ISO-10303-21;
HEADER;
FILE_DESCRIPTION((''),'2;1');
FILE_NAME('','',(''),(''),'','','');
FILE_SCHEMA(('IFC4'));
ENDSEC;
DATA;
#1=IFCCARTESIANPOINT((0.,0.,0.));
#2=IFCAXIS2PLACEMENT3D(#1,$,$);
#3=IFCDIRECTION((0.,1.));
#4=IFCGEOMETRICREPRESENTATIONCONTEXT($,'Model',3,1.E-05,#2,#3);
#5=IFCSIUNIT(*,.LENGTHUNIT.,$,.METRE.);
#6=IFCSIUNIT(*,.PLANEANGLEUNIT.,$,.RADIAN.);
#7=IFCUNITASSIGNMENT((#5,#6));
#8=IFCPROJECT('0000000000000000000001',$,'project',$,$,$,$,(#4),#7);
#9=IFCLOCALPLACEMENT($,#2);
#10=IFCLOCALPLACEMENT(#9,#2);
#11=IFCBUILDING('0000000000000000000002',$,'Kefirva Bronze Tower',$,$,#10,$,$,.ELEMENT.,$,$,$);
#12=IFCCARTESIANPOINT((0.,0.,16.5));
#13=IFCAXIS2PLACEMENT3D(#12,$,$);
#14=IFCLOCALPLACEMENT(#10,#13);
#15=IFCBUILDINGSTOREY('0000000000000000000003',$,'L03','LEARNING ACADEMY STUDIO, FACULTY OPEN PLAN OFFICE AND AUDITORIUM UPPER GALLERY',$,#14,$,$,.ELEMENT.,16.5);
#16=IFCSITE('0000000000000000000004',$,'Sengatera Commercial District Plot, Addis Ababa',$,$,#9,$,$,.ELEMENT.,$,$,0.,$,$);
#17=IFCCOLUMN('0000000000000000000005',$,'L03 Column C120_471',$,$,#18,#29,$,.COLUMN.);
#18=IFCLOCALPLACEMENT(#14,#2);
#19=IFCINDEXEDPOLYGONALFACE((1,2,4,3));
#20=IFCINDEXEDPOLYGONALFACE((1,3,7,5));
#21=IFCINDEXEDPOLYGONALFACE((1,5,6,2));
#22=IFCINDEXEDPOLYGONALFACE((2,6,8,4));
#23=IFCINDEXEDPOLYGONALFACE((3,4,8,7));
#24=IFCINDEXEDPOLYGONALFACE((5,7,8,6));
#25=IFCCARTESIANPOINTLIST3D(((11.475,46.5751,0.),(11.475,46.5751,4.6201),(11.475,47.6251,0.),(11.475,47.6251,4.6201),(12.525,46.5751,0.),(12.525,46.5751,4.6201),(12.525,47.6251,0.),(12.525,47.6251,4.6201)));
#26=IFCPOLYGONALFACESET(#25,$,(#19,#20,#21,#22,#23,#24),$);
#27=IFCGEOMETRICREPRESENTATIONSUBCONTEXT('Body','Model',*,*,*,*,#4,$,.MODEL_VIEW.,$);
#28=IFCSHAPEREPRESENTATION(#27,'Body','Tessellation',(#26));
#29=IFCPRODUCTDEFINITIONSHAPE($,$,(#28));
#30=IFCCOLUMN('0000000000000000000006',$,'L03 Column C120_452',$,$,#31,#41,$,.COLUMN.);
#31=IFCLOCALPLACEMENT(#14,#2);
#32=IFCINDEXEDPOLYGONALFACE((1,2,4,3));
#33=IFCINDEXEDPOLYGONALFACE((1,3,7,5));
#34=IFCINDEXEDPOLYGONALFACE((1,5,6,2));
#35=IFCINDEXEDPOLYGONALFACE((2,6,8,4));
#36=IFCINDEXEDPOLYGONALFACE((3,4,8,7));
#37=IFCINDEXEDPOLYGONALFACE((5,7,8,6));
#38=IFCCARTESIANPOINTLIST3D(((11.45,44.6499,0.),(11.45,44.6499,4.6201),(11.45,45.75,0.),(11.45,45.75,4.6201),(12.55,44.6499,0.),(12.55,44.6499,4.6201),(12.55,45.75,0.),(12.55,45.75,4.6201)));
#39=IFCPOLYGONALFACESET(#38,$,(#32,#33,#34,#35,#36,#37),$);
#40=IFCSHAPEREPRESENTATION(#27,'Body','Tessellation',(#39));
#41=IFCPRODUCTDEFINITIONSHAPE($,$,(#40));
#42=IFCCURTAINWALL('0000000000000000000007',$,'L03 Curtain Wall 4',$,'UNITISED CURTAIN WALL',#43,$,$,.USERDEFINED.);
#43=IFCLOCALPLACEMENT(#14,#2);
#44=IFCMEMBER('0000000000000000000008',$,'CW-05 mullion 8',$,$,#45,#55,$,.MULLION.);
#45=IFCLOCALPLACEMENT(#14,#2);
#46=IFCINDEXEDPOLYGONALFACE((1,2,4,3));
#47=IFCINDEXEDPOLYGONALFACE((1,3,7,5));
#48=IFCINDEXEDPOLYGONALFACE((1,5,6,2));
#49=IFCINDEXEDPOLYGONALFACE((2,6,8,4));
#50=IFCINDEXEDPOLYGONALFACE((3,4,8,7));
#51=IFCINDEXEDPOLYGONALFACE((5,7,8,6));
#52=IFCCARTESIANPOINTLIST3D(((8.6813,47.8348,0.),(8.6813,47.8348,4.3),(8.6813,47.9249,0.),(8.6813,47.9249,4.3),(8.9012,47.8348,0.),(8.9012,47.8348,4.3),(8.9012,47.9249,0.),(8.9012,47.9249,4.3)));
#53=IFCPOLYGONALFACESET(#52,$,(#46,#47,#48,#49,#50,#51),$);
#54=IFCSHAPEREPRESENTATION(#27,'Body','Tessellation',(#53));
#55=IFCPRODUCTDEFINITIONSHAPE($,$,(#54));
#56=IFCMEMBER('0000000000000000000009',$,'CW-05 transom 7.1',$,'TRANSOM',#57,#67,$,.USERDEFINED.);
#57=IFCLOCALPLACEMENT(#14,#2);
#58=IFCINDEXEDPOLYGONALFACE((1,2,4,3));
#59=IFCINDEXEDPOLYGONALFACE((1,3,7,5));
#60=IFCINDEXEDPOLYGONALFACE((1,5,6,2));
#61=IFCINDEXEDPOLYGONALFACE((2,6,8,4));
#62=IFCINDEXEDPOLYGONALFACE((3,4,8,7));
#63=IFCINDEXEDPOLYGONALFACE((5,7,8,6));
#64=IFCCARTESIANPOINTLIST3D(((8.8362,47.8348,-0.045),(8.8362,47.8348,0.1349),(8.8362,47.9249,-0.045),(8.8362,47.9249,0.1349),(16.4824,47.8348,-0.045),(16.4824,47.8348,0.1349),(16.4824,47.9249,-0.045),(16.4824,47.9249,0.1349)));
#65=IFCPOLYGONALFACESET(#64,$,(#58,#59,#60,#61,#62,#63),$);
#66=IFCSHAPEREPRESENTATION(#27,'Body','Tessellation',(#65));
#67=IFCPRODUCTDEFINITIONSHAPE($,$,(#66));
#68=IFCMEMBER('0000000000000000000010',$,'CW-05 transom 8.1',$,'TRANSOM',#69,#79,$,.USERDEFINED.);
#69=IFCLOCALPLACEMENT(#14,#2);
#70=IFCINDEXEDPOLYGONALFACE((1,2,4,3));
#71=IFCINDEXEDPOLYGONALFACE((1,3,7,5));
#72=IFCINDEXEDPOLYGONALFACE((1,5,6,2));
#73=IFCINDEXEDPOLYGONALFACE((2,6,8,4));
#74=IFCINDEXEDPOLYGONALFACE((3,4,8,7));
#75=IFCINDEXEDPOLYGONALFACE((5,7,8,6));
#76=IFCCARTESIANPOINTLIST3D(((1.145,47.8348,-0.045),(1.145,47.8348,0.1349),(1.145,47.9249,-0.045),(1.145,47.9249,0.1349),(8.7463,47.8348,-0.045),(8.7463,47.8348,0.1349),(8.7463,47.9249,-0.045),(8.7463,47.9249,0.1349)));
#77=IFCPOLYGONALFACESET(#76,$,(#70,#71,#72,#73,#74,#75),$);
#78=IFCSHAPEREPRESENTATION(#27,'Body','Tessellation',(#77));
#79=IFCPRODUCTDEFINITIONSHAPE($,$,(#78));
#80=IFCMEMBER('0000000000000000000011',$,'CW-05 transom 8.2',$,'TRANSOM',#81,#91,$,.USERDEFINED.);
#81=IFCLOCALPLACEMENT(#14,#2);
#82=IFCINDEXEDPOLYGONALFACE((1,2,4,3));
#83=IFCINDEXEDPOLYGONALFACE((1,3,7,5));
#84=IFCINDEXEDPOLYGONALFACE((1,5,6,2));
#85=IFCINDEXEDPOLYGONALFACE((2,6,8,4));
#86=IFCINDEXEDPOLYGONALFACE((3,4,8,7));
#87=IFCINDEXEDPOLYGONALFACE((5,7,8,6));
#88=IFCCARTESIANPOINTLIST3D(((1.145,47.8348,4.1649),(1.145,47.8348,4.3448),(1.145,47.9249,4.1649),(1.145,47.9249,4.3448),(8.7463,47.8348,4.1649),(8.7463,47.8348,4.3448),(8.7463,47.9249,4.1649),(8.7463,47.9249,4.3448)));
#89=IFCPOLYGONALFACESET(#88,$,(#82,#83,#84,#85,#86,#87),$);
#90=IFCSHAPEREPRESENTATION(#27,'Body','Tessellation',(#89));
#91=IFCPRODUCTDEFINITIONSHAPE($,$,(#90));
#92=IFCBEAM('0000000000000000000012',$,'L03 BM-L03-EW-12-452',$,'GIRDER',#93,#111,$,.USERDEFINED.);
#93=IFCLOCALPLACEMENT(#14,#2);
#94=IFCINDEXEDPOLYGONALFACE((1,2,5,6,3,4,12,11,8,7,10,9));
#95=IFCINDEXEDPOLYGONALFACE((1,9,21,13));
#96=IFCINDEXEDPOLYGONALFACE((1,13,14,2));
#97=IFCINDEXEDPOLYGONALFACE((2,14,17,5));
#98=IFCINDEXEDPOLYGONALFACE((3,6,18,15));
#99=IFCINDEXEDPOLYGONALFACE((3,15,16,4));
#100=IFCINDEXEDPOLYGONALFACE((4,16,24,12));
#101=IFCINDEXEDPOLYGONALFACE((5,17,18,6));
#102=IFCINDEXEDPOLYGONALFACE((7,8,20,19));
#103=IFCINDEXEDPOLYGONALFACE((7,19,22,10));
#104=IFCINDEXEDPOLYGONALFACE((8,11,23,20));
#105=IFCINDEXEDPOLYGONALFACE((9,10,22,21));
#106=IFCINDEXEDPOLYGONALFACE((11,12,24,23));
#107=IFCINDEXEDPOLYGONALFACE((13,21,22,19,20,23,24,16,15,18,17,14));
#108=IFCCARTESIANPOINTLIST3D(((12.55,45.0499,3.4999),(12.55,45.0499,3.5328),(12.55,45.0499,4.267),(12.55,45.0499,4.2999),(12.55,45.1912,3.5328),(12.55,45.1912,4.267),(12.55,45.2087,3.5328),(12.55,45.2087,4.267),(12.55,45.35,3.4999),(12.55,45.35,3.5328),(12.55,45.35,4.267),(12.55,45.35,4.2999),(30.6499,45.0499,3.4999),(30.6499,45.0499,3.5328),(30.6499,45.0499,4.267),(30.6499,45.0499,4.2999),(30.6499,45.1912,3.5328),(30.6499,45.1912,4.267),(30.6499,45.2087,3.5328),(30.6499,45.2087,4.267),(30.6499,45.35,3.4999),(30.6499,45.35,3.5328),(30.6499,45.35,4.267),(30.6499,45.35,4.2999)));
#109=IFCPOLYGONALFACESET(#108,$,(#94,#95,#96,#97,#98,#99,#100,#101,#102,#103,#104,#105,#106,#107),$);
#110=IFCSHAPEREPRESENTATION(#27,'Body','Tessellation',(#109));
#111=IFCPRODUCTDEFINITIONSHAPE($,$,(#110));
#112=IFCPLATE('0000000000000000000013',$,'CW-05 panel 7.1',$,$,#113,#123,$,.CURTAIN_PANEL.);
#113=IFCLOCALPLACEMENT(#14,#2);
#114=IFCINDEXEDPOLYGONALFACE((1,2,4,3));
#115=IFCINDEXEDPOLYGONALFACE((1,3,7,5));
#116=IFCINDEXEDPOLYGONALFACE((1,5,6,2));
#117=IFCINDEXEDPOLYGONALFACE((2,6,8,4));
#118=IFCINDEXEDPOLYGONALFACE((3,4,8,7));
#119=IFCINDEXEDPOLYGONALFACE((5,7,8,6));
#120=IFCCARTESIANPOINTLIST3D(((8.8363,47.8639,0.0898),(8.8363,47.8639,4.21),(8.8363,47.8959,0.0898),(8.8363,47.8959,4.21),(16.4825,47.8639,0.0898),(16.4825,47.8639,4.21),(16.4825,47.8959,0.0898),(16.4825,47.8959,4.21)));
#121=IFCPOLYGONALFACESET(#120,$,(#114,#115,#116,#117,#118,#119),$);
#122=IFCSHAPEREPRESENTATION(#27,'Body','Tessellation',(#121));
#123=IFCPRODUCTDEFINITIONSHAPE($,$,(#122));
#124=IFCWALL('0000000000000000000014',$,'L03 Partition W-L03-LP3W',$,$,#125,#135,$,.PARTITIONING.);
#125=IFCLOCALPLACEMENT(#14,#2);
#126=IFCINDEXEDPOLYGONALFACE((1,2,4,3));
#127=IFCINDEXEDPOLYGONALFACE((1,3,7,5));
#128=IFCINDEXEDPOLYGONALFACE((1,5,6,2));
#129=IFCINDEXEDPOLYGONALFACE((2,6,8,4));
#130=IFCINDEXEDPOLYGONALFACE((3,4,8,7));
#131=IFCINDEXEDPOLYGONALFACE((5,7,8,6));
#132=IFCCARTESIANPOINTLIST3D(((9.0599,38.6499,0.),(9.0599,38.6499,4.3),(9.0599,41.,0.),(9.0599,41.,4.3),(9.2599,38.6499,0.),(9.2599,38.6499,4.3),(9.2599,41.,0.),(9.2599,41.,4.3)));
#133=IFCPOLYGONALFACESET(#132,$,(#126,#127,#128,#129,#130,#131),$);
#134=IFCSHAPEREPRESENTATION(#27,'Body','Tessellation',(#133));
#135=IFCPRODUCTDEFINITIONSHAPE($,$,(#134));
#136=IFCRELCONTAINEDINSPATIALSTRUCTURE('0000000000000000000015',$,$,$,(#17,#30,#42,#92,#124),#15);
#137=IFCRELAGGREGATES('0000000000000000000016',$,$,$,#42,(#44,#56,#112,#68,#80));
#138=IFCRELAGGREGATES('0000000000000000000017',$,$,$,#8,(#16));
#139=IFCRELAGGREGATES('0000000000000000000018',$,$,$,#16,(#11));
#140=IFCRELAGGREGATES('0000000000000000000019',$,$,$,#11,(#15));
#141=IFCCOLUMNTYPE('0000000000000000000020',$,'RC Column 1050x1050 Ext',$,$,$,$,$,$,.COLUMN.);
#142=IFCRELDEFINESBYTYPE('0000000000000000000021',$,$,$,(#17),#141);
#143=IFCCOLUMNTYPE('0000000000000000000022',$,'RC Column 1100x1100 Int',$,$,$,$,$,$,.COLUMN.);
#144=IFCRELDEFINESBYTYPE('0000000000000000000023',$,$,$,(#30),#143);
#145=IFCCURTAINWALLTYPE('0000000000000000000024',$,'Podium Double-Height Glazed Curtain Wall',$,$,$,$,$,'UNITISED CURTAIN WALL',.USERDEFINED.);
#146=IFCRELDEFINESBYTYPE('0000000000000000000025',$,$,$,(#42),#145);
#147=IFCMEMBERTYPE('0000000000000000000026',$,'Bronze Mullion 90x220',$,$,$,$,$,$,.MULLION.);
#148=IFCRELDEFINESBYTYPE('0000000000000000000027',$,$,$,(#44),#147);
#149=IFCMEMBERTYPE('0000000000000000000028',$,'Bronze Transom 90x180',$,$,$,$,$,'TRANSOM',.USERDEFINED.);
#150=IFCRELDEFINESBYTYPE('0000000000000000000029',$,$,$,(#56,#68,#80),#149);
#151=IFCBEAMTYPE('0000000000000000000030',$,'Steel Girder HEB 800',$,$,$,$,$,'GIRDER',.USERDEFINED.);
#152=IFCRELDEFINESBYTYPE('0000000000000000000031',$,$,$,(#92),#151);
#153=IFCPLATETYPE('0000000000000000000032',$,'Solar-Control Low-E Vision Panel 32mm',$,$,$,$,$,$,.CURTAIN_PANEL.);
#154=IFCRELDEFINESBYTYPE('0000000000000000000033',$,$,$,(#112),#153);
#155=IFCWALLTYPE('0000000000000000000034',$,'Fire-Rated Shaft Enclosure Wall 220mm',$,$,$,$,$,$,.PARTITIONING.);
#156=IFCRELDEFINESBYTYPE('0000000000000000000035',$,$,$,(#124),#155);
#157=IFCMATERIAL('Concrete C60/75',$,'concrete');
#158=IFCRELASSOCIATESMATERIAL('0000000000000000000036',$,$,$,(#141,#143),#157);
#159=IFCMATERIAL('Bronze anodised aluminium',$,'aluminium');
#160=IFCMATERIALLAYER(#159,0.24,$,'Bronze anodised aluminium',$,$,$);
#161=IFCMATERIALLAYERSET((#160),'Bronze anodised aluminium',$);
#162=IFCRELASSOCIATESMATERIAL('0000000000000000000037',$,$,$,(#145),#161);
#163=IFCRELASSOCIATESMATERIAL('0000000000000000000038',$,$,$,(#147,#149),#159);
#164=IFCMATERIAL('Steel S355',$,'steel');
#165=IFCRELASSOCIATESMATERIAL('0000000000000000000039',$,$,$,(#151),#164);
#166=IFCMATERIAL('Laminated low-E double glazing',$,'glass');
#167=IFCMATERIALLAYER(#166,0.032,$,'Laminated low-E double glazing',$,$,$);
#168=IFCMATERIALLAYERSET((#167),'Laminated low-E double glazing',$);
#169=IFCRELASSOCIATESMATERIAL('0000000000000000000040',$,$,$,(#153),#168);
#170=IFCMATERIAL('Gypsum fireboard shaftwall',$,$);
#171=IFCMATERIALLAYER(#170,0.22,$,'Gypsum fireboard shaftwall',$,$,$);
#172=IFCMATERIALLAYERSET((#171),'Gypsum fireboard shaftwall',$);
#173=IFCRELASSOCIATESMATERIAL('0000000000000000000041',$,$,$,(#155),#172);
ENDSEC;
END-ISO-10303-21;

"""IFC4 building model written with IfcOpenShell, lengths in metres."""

from ifc_helpers import new_model, si_unit, direction, frame, frame_2d, origin, origin_2d, place, context, subcontext, project, spatial, rectangle, i_section, extrude, material, layer, layer_set, material_profile, profile_set, type_object, element, aggregate, save


model = new_model("IFC4")

# Units and contexts
model_context = context("Model", 3, precision=1e-05, world=origin(), true_north=direction((0.0, 1.0)))
body_context = subcontext(model_context, "Body", "Model", "MODEL_VIEW")
ifc_project = project(units=[si_unit("LENGTHUNIT", "METRE"), si_unit("PLANEANGLEUNIT", "RADIAN")], contexts=[model_context])

# Site, building, storey
site_placement = place(None, origin())
site = spatial("IfcSite", under=ifc_project, at=site_placement, Name="Sengatera Commercial District Plot, Addis Ababa", CompositionType="ELEMENT", RefElevation=0.0)
building_placement = place(site_placement, origin())
building = spatial("IfcBuilding", under=site, at=building_placement, Name="Kefirva Bronze Tower", CompositionType="ELEMENT")
storey_placement = place(building_placement, frame((0.0, 0.0, 16.5)))
storey = spatial("IfcBuildingStorey", under=building, at=storey_placement, Name="L03", Description="LEARNING ACADEMY STUDIO, FACULTY OPEN PLAN OFFICE AND AUDITORIUM UPPER GALLERY", CompositionType="ELEMENT", Elevation=16.5)

# Columns
ifc_material_1 = material(Name="Concrete C60/75", Category="concrete")
ifc_material_profile_1 = material_profile(ifc_material_1, rectangle(XDim=1.05, YDim=1.05, at=origin_2d()), Name="RC 1050x1050")
ifc_profile_set_1 = profile_set([ifc_material_profile_1], Name="Concrete C60/75")
column_type_1 = type_object("IfcColumnType", Name="RC Column 1050x1050 Ext", PredefinedType="COLUMN", material=ifc_profile_set_1)
column_1_placement = place(storey_placement, frame((12.0, 47.1001, 0.0), z_axis=(0.0, 0.0, 1.0), x_axis=(1.0, 0.0, 0.0)))
element("IfcColumn", 1, at=column_1_placement, inside=storey, type_object=column_type_1, Name="L03 Column C120_471", PredefinedType="COLUMN", context=body_context, shape_type="SweptSolid", body=[
    extrude(rectangle(XDim=1.05, YDim=1.05, at=origin_2d()), origin(), (0.0, 0.0, 1.0), 4.6201),
])
ifc_material_profile_2 = material_profile(ifc_material_1, rectangle(XDim=1.1001, YDim=1.1001, at=origin_2d()), Name="RC 1100x1100")
ifc_profile_set_2 = profile_set([ifc_material_profile_2], Name="Concrete C60/75")
column_type_2 = type_object("IfcColumnType", Name="RC Column 1100x1100 Int", PredefinedType="COLUMN", material=ifc_profile_set_2)
column_2_placement = place(storey_placement, frame((12.0, 45.2, 0.0), z_axis=(0.0, 0.0, 1.0), x_axis=(1.0, 0.0, 0.0)))
element("IfcColumn", 2, at=column_2_placement, inside=storey, type_object=column_type_2, Name="L03 Column C120_452", PredefinedType="COLUMN", context=body_context, shape_type="SweptSolid", body=[
    extrude(rectangle(XDim=1.1001, YDim=1.1001, at=origin_2d()), origin(), (0.0, 0.0, 1.0), 4.6201),
])

# Curtain wall, members
ifc_material_2 = material(Name="Bronze anodised aluminium", Category="aluminium")
ifc_layer_1 = layer(ifc_material_2, 0.24, Name="Bronze anodised aluminium")
ifc_layer_set_1 = layer_set([ifc_layer_1], Name="Bronze anodised aluminium")
curtain_wall_type = type_object("IfcCurtainWallType", Name="Podium Double-Height Glazed Curtain Wall", ElementType="UNITISED CURTAIN WALL", PredefinedType="USERDEFINED", material=ifc_layer_set_1)
curtain_wall_placement = place(storey_placement, origin())
curtain_wall = element("IfcCurtainWall", 3, at=curtain_wall_placement, inside=storey, type_object=curtain_wall_type, Name="L03 Curtain Wall 4", ObjectType="UNITISED CURTAIN WALL", PredefinedType="USERDEFINED")
ifc_material_profile_3 = material_profile(ifc_material_2, rectangle(XDim=0.0901, YDim=0.22, at=origin_2d()), Name="ALU 90x220")
ifc_profile_set_3 = profile_set([ifc_material_profile_3], Name="Bronze anodised aluminium")
member_type_1 = type_object("IfcMemberType", Name="Bronze Mullion 90x220", PredefinedType="MULLION", material=ifc_profile_set_3)
member_1_placement = place(storey_placement, frame((8.7913, 47.8799, 0.0), z_axis=(0.0, 0.0, 1.0), x_axis=(0.0, -1.0, 0.0)))
member_1 = element("IfcMember", 4, at=member_1_placement, type_object=member_type_1, Name="CW-05 mullion 8", PredefinedType="MULLION", context=body_context, shape_type="SweptSolid", body=[
    extrude(rectangle(XDim=0.0901, YDim=0.22, at=origin_2d()), origin(), (0.0, 0.0, 1.0), 4.3),
])
ifc_material_profile_4 = material_profile(ifc_material_2, rectangle(XDim=0.0901, YDim=0.1799, at=origin_2d()), Name="ALU 90x180")
ifc_profile_set_4 = profile_set([ifc_material_profile_4], Name="Bronze anodised aluminium")
member_type_2 = type_object("IfcMemberType", Name="Bronze Transom 90x180", ElementType="TRANSOM", PredefinedType="USERDEFINED", material=ifc_profile_set_4)
member_2_placement = place(storey_placement, frame((16.4824, 47.8799, 0.0449), z_axis=(-1.0, 0.0, 0.0), x_axis=(0.0, -1.0, 0.0)))
member_2 = element("IfcMember", 5, at=member_2_placement, type_object=member_type_2, Name="CW-05 transom 7.1", ObjectType="TRANSOM", PredefinedType="USERDEFINED", context=body_context, shape_type="SweptSolid", body=[
    extrude(rectangle(XDim=0.0901, YDim=0.1799, at=origin_2d()), origin(), (0.0, 0.0, 1.0), 7.6462),
])
member_3_placement = place(storey_placement, frame((8.7463, 47.8799, 0.0449), z_axis=(-1.0, 0.0, 0.0), x_axis=(0.0, -1.0, 0.0)))
member_3 = element("IfcMember", 6, at=member_3_placement, type_object=member_type_2, Name="CW-05 transom 8.1", ObjectType="TRANSOM", PredefinedType="USERDEFINED", context=body_context, shape_type="SweptSolid", body=[
    extrude(rectangle(XDim=0.0901, YDim=0.1799, at=origin_2d()), origin(), (0.0, 0.0, 1.0), 7.6013),
])
member_4_placement = place(storey_placement, frame((8.7463, 47.8799, 4.2549), z_axis=(-1.0, 0.0, 0.0), x_axis=(0.0, -1.0, 0.0)))
member_4 = element("IfcMember", 7, at=member_4_placement, type_object=member_type_2, Name="CW-05 transom 8.2", ObjectType="TRANSOM", PredefinedType="USERDEFINED", context=body_context, shape_type="SweptSolid", body=[
    extrude(rectangle(XDim=0.0901, YDim=0.1799, at=origin_2d()), origin(), (0.0, 0.0, 1.0), 7.6013),
])

# Beam
ifc_material_3 = material(Name="Steel S355", Category="steel")
ifc_material_profile_5 = material_profile(ifc_material_3, i_section(OverallWidth=0.3, OverallDepth=0.8, WebThickness=0.0176, FlangeThickness=0.033, at=origin_2d()), Name="HEB 800")
ifc_profile_set_5 = profile_set([ifc_material_profile_5], Name="Steel S355")
beam_type = type_object("IfcBeamType", Name="Steel Girder HEB 800", ElementType="GIRDER", PredefinedType="USERDEFINED", material=ifc_profile_set_5)
beam_placement = place(storey_placement, frame((12.55, 45.2, 3.8999), z_axis=(1.0, 0.0, 0.0), x_axis=(0.0, 1.0, 0.0)))
element("IfcBeam", 8, at=beam_placement, inside=storey, type_object=beam_type, Name="L03 BM-L03-EW-12-452", ObjectType="GIRDER", PredefinedType="USERDEFINED", context=body_context, shape_type="SweptSolid", body=[
    extrude(i_section(OverallWidth=0.3, OverallDepth=0.8, WebThickness=0.0176, FlangeThickness=0.033, at=origin_2d()), origin(), (0.0, 0.0, 1.0), 18.0999),
])

# Plate
ifc_material_4 = material(Name="Laminated low-E double glazing", Category="glass")
ifc_layer_2 = layer(ifc_material_4, 0.032, Name="Laminated low-E double glazing")
ifc_layer_set_2 = layer_set([ifc_layer_2], Name="Laminated low-E double glazing")
plate_type = type_object("IfcPlateType", Name="Solar-Control Low-E Vision Panel 32mm", PredefinedType="CURTAIN_PANEL", material=ifc_layer_set_2)
plate_placement = place(storey_placement, frame((12.6594, 47.8799, 0.0898), z_axis=(0.0, 0.0, 1.0), x_axis=(-1.0, 0.0, 0.0)))
plate = element("IfcPlate", 9, at=plate_placement, type_object=plate_type, Name="CW-05 panel 7.1", PredefinedType="CURTAIN_PANEL", context=body_context, shape_type="SweptSolid", body=[
    extrude(rectangle(XDim=7.6462, YDim=0.032, at=origin_2d()), origin(), (0.0, 0.0, 1.0), 4.1201),
])
aggregate(curtain_wall, [member_1, member_2, plate, member_3, member_4])

# Wall
ifc_material_5 = material(Name="Gypsum fireboard shaftwall")
ifc_layer_3 = layer(ifc_material_5, 0.22, Name="Gypsum fireboard shaftwall")
ifc_layer_set_3 = layer_set([ifc_layer_3], Name="Gypsum fireboard shaftwall")
wall_type_1 = type_object("IfcWallType", Name="Fire-Rated Shaft Enclosure Wall 220mm", PredefinedType="PARTITIONING", material=ifc_layer_set_3)
wall_1_placement = place(storey_placement, frame((9.1599, 38.6499, 0.0), z_axis=(0.0, 0.0, 1.0), x_axis=(0.0, 1.0, 0.0)))
element("IfcWall", 10, at=wall_1_placement, inside=storey, type_object=wall_type_1, Name="L03 Partition W-L03-LP3W", PredefinedType="PARTITIONING", context=body_context, shape_type="SweptSolid", body=[
    extrude(rectangle(XDim=2.3501, YDim=0.2, at=frame_2d((1.175, 0.0))), origin(), (0.0, 0.0, 1.0), 4.3),
])

save(model, "model.ifc")
